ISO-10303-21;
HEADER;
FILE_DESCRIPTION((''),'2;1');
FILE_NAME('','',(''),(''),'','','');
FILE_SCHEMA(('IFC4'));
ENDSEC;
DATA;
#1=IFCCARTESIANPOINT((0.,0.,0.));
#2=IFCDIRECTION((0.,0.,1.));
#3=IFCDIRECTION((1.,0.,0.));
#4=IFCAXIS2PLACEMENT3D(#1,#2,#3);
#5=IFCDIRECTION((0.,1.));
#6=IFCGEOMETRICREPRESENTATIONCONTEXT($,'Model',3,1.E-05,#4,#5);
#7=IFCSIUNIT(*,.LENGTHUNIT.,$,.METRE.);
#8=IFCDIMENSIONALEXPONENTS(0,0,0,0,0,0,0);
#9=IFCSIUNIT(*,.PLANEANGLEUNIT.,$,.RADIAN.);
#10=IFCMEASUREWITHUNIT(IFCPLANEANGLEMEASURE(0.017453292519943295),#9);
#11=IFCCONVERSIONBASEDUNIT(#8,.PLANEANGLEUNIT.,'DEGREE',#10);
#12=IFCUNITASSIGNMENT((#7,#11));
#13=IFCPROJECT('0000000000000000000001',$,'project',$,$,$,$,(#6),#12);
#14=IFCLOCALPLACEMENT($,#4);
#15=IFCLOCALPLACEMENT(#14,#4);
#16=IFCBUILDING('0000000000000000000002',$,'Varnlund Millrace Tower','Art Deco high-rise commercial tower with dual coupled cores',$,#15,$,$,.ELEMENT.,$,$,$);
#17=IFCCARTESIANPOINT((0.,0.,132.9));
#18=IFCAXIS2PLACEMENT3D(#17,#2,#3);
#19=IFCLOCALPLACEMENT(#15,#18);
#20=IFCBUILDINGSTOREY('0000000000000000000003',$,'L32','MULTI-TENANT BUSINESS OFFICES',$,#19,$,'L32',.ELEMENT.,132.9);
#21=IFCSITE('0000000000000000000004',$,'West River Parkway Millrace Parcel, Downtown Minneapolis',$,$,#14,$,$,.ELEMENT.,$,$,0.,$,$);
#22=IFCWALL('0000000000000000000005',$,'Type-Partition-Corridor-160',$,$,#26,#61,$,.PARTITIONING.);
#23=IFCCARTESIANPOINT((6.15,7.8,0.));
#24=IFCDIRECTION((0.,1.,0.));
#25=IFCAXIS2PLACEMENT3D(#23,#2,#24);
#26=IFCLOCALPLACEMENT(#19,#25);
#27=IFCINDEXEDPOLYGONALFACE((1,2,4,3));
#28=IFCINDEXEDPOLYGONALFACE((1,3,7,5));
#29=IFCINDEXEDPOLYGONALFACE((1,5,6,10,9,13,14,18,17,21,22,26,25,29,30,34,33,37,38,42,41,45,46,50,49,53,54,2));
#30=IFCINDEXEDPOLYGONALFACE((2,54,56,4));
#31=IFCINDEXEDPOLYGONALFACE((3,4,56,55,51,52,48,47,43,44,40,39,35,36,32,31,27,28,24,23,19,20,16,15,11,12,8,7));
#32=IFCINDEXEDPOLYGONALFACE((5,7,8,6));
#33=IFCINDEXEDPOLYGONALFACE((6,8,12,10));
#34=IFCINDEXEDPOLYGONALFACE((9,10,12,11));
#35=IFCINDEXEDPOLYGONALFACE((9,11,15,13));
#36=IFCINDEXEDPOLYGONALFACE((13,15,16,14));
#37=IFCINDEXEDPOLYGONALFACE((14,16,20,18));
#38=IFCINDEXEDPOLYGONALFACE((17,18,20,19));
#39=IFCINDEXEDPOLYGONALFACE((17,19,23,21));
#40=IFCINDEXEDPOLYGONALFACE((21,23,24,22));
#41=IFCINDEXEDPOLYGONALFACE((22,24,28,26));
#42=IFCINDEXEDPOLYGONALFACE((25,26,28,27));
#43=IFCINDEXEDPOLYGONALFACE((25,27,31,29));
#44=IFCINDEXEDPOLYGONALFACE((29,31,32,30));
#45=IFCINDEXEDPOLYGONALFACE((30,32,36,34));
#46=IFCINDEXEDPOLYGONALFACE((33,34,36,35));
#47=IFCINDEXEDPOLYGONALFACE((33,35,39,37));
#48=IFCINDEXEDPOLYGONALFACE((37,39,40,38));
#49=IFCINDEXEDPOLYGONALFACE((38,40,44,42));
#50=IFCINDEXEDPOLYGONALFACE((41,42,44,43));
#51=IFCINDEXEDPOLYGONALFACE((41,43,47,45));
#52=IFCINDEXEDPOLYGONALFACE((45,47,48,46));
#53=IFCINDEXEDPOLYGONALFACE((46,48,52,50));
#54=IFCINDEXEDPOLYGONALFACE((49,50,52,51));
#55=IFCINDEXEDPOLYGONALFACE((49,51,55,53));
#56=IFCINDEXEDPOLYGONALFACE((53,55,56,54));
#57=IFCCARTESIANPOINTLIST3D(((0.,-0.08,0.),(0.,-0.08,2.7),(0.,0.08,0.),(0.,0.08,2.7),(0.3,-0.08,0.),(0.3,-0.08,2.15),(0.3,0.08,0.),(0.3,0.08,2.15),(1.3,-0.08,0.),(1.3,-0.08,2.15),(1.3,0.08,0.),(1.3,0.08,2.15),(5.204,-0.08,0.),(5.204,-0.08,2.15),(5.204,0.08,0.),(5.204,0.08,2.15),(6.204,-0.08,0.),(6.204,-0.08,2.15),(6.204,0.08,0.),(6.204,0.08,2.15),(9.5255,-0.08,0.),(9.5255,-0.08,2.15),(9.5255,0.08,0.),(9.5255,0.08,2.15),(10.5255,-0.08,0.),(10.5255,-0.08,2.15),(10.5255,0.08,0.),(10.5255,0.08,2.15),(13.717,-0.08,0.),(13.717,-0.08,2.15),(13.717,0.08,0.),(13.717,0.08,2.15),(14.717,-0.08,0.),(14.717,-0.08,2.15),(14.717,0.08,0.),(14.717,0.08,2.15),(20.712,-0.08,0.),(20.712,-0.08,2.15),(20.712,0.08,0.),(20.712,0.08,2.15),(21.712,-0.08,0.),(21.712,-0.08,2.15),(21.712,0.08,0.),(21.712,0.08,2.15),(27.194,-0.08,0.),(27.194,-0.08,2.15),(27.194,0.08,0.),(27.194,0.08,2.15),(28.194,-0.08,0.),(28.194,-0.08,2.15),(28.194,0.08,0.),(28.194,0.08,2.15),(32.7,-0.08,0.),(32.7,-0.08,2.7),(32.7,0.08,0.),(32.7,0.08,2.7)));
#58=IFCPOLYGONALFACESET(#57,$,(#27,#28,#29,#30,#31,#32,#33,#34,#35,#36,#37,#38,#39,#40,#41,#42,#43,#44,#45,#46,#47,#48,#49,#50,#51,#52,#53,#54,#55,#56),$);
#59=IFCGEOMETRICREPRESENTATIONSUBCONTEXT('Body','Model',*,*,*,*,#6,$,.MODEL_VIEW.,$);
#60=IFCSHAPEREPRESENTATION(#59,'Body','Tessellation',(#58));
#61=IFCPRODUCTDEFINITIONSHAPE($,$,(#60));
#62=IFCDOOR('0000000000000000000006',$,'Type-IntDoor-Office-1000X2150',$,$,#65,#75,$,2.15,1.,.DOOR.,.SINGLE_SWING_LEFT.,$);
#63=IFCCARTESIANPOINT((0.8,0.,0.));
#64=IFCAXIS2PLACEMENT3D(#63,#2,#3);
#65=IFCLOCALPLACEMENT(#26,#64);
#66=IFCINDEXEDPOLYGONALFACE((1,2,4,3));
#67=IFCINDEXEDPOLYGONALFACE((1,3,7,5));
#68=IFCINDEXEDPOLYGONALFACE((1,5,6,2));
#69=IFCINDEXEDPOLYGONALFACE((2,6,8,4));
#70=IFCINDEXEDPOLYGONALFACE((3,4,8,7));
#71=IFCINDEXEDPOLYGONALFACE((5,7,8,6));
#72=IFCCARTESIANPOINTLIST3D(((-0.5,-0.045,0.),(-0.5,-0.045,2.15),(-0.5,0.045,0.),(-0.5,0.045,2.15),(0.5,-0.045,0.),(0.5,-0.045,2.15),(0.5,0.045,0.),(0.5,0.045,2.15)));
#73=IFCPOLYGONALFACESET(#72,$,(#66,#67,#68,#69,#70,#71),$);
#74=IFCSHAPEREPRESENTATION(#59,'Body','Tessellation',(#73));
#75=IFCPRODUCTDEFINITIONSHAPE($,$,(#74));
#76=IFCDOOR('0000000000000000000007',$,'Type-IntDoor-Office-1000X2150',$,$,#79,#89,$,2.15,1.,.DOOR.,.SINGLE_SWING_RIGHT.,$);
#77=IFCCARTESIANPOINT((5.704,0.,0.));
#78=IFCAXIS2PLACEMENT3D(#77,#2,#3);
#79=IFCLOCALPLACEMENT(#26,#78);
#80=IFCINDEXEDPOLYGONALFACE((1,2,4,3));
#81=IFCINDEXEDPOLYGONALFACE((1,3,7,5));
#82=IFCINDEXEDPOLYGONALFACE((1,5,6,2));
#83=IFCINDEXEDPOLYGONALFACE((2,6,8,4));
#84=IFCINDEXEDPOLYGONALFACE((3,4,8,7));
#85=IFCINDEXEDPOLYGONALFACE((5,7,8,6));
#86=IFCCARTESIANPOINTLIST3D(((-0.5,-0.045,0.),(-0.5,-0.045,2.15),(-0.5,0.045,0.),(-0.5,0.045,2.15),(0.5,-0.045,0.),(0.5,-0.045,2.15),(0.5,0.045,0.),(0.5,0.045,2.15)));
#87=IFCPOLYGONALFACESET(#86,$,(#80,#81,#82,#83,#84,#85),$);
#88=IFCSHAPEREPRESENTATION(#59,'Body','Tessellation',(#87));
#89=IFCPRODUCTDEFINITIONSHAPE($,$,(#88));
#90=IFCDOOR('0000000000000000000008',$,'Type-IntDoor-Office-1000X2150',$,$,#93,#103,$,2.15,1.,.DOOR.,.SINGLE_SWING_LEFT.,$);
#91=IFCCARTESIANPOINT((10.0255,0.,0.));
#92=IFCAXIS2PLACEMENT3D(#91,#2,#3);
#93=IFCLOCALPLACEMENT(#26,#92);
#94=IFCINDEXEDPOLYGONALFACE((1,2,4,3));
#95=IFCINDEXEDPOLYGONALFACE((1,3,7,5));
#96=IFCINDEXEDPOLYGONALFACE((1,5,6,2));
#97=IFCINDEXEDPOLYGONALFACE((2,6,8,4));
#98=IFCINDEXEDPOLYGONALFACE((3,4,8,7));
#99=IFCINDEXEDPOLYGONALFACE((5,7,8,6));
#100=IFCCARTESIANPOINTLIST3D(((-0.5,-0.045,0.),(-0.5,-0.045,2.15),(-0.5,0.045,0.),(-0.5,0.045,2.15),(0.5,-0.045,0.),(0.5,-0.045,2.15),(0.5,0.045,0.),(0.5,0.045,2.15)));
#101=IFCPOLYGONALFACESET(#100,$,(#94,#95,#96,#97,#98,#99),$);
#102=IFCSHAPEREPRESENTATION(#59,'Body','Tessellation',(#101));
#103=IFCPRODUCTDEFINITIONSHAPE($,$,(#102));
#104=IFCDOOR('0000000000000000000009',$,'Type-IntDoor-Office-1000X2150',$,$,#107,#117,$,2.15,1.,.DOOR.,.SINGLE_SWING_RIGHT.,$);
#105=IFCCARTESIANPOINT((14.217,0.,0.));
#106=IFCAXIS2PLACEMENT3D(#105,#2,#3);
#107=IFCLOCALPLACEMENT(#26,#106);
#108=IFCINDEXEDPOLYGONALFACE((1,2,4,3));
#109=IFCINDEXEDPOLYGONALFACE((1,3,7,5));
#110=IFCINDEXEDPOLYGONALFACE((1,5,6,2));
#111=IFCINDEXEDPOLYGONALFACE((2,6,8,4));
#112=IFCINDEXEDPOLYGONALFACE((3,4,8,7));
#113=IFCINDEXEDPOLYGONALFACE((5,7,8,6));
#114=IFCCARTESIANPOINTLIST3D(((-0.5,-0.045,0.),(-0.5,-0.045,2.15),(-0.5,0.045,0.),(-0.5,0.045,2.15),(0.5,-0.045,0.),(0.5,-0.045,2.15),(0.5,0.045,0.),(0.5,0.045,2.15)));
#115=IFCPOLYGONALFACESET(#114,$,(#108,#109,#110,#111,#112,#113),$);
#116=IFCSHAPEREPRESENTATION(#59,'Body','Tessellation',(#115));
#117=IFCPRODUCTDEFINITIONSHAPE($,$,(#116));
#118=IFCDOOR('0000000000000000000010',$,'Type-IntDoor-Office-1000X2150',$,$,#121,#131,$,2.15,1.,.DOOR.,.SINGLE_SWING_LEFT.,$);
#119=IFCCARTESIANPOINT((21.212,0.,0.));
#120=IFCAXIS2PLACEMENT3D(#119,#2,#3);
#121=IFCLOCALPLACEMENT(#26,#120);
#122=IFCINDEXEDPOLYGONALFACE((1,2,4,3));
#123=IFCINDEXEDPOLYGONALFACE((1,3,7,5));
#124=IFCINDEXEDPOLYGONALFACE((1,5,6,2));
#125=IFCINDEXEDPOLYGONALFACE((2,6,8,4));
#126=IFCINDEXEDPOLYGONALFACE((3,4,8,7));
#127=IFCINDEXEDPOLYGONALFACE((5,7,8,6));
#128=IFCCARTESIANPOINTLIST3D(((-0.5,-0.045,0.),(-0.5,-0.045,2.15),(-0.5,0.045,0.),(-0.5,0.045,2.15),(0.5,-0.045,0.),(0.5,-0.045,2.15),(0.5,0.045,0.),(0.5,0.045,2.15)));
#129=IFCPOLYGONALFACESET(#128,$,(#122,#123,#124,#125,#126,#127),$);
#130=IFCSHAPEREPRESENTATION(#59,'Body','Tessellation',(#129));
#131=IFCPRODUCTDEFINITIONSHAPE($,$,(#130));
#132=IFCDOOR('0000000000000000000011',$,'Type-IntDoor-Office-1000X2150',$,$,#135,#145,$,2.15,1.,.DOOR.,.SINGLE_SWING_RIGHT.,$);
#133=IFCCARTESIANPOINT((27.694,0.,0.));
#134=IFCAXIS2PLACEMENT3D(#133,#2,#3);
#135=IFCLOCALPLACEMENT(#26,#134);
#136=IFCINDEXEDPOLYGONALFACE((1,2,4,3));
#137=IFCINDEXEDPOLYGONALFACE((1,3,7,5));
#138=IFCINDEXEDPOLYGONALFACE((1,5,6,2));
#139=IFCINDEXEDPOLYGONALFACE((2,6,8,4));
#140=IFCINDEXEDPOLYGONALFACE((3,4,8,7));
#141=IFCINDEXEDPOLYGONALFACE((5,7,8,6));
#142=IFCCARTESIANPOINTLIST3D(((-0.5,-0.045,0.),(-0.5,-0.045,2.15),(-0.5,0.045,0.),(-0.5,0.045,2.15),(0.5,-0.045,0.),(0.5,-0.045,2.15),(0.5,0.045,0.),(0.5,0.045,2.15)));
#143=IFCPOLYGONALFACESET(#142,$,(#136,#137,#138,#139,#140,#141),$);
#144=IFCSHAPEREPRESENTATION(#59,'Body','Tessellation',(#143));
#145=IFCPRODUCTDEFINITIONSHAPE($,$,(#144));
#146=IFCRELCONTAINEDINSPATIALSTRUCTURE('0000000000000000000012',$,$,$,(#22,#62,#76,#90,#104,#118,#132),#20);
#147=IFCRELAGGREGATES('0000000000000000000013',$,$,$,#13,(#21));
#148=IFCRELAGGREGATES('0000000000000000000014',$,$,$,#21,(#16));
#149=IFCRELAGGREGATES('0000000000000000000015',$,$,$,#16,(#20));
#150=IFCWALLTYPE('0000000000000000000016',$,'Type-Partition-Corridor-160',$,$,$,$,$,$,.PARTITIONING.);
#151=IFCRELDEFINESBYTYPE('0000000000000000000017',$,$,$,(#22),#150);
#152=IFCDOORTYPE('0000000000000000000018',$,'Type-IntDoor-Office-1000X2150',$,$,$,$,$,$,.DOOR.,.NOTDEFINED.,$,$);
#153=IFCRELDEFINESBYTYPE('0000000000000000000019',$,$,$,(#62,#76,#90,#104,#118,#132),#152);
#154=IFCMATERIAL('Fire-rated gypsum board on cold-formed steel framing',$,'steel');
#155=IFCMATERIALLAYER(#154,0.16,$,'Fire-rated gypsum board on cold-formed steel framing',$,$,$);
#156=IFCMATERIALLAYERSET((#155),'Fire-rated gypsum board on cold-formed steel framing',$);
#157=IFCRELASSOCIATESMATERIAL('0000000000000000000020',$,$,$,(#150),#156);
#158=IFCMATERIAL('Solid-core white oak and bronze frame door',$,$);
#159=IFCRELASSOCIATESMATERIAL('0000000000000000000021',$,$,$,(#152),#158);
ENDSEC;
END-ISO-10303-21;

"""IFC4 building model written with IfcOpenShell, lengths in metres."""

from ifc_helpers import new_model, entity, si_unit, converted_unit, direction, frame, origin_with_axes, origin_2d_with_axis, place, context, subcontext, project, spatial, polyline, rectangle, outline, extrude, material, layer, layer_set, type_object, element, fill, save


model = new_model("IFC4")

# Units and contexts
model_context = context("Model", 3, precision=1e-05, world=origin_with_axes(), true_north=direction((0.0, 1.0)))
body_context = subcontext(model_context, "Body", "Model", "MODEL_VIEW")
ifc_project = project(units=[si_unit("LENGTHUNIT", "METRE"), converted_unit("PLANEANGLEUNIT", "DEGREE", entity("IfcPlaneAngleMeasure", 0.017453292519943295), si_unit("PLANEANGLEUNIT", "RADIAN"), dimensions=[0, 0, 0, 0, 0, 0, 0])], contexts=[model_context])

# Site, building, storey
site_placement = place(None, origin_with_axes())
site = spatial("IfcSite", under=ifc_project, at=site_placement, Name="West River Parkway Millrace Parcel, Downtown Minneapolis", CompositionType="ELEMENT", RefElevation=0.0)
building_placement = place(site_placement, origin_with_axes())
building = spatial("IfcBuilding", under=site, at=building_placement, Name="Varnlund Millrace Tower", Description="Art Deco high-rise commercial tower with dual coupled cores", CompositionType="ELEMENT")
storey_placement = place(building_placement, frame((0.0, 0.0, 132.9), z_axis=(0.0, 0.0, 1.0), x_axis=(1.0, 0.0, 0.0)))
storey = spatial("IfcBuildingStorey", under=building, at=storey_placement, Name="L32", Description="MULTI-TENANT BUSINESS OFFICES", LongName="L32", CompositionType="ELEMENT", Elevation=132.9)

# Wall, openings, doors
ifc_material_1 = material(Name="Fire-rated gypsum board on cold-formed steel framing", Category="steel")
ifc_layer_1 = layer(ifc_material_1, 0.16, Name="Fire-rated gypsum board on cold-formed steel framing")
ifc_layer_set_1 = layer_set([ifc_layer_1], Name="Fire-rated gypsum board on cold-formed steel framing")
wall_type_1 = type_object("IfcWallType", Name="Type-Partition-Corridor-160", PredefinedType="PARTITIONING", material=ifc_layer_set_1)
ifc_material_2 = material(Name="Solid-core white oak and bronze frame door")
door_type = type_object("IfcDoorType", Name="Type-IntDoor-Office-1000X2150", OperationType="NOTDEFINED", PredefinedType="DOOR", material=ifc_material_2)
wall_1_placement = place(storey_placement, frame((6.15, 7.8, 0.0), z_axis=(0.0, 0.0, 1.0), x_axis=(0.0, 1.0, 0.0)))
wall_1 = element("IfcWall", 1, at=wall_1_placement, inside=storey, type_object=wall_type_1, Name="Type-Partition-Corridor-160", PredefinedType="PARTITIONING", context=body_context, shape_type="SweptSolid", body=[
    extrude(outline(polyline([(0.0, -0.08), (32.7, -0.08), (32.7, 0.08), (0.0, 0.08), (0.0, -0.08)])), origin_with_axes(), (0.0, 0.0, 1.0), 2.7),
])
opening_1_placement = place(wall_1_placement, frame((0.8, 0.0, 0.0), z_axis=(0.0, 0.0, 1.0), x_axis=(1.0, 0.0, 0.0)))
opening_1 = element("IfcOpeningElement", 2, at=opening_1_placement, cuts=wall_1, PredefinedType="OPENING", context=body_context, shape_type="SweptSolid", body=[
    extrude(rectangle(XDim=1.0, YDim=0.18, at=origin_2d_with_axis()), origin_with_axes(), (0.0, 0.0, 1.0), 2.15),
])
opening_2_placement = place(wall_1_placement, frame((5.704, 0.0, 0.0), z_axis=(0.0, 0.0, 1.0), x_axis=(1.0, 0.0, 0.0)))
opening_2 = element("IfcOpeningElement", 3, at=opening_2_placement, cuts=wall_1, PredefinedType="OPENING", context=body_context, shape_type="SweptSolid", body=[
    extrude(rectangle(XDim=1.0, YDim=0.18, at=origin_2d_with_axis()), origin_with_axes(), (0.0, 0.0, 1.0), 2.15),
])
opening_3_placement = place(wall_1_placement, frame((10.0255, 0.0, 0.0), z_axis=(0.0, 0.0, 1.0), x_axis=(1.0, 0.0, 0.0)))
opening_3 = element("IfcOpeningElement", 4, at=opening_3_placement, cuts=wall_1, PredefinedType="OPENING", context=body_context, shape_type="SweptSolid", body=[
    extrude(rectangle(XDim=1.0, YDim=0.18, at=origin_2d_with_axis()), origin_with_axes(), (0.0, 0.0, 1.0), 2.15),
])
opening_4_placement = place(wall_1_placement, frame((14.217, 0.0, 0.0), z_axis=(0.0, 0.0, 1.0), x_axis=(1.0, 0.0, 0.0)))
opening_4 = element("IfcOpeningElement", 5, at=opening_4_placement, cuts=wall_1, PredefinedType="OPENING", context=body_context, shape_type="SweptSolid", body=[
    extrude(rectangle(XDim=1.0, YDim=0.18, at=origin_2d_with_axis()), origin_with_axes(), (0.0, 0.0, 1.0), 2.15),
])
opening_5_placement = place(wall_1_placement, frame((21.212, 0.0, 0.0), z_axis=(0.0, 0.0, 1.0), x_axis=(1.0, 0.0, 0.0)))
opening_5 = element("IfcOpeningElement", 6, at=opening_5_placement, cuts=wall_1, PredefinedType="OPENING", context=body_context, shape_type="SweptSolid", body=[
    extrude(rectangle(XDim=1.0, YDim=0.18, at=origin_2d_with_axis()), origin_with_axes(), (0.0, 0.0, 1.0), 2.15),
])
opening_6_placement = place(wall_1_placement, frame((27.694, 0.0, 0.0), z_axis=(0.0, 0.0, 1.0), x_axis=(1.0, 0.0, 0.0)))
opening_6 = element("IfcOpeningElement", 7, at=opening_6_placement, cuts=wall_1, PredefinedType="OPENING", context=body_context, shape_type="SweptSolid", body=[
    extrude(rectangle(XDim=1.0, YDim=0.18, at=origin_2d_with_axis()), origin_with_axes(), (0.0, 0.0, 1.0), 2.15),
])
door_1_placement = place(wall_1_placement, frame((0.8, 0.0, 0.0), z_axis=(0.0, 0.0, 1.0), x_axis=(1.0, 0.0, 0.0)))
door_1 = element("IfcDoor", 8, at=door_1_placement, inside=storey, type_object=door_type, Name="Type-IntDoor-Office-1000X2150", OperationType="SINGLE_SWING_LEFT", OverallHeight=2.15, OverallWidth=1.0, PredefinedType="DOOR", context=body_context, shape_type="SweptSolid", body=[
    extrude(rectangle(XDim=1.0, YDim=0.09, at=origin_2d_with_axis()), origin_with_axes(), (0.0, 0.0, 1.0), 2.15),
])
fill(opening_1, door_1)
door_2_placement = place(wall_1_placement, frame((5.704, 0.0, 0.0), z_axis=(0.0, 0.0, 1.0), x_axis=(1.0, 0.0, 0.0)))
door_2 = element("IfcDoor", 9, at=door_2_placement, inside=storey, type_object=door_type, Name="Type-IntDoor-Office-1000X2150", OperationType="SINGLE_SWING_RIGHT", OverallHeight=2.15, OverallWidth=1.0, PredefinedType="DOOR", context=body_context, shape_type="SweptSolid", body=[
    extrude(rectangle(XDim=1.0, YDim=0.09, at=origin_2d_with_axis()), origin_with_axes(), (0.0, 0.0, 1.0), 2.15),
])
fill(opening_2, door_2)
door_3_placement = place(wall_1_placement, frame((10.0255, 0.0, 0.0), z_axis=(0.0, 0.0, 1.0), x_axis=(1.0, 0.0, 0.0)))
door_3 = element("IfcDoor", 10, at=door_3_placement, inside=storey, type_object=door_type, Name="Type-IntDoor-Office-1000X2150", OperationType="SINGLE_SWING_LEFT", OverallHeight=2.15, OverallWidth=1.0, PredefinedType="DOOR", context=body_context, shape_type="SweptSolid", body=[
    extrude(rectangle(XDim=1.0, YDim=0.09, at=origin_2d_with_axis()), origin_with_axes(), (0.0, 0.0, 1.0), 2.15),
])
fill(opening_3, door_3)
door_4_placement = place(wall_1_placement, frame((14.217, 0.0, 0.0), z_axis=(0.0, 0.0, 1.0), x_axis=(1.0, 0.0, 0.0)))
door_4 = element("IfcDoor", 11, at=door_4_placement, inside=storey, type_object=door_type, Name="Type-IntDoor-Office-1000X2150", OperationType="SINGLE_SWING_RIGHT", OverallHeight=2.15, OverallWidth=1.0, PredefinedType="DOOR", context=body_context, shape_type="SweptSolid", body=[
    extrude(rectangle(XDim=1.0, YDim=0.09, at=origin_2d_with_axis()), origin_with_axes(), (0.0, 0.0, 1.0), 2.15),
])
fill(opening_4, door_4)
door_5_placement = place(wall_1_placement, frame((21.212, 0.0, 0.0), z_axis=(0.0, 0.0, 1.0), x_axis=(1.0, 0.0, 0.0)))
door_5 = element("IfcDoor", 12, at=door_5_placement, inside=storey, type_object=door_type, Name="Type-IntDoor-Office-1000X2150", OperationType="SINGLE_SWING_LEFT", OverallHeight=2.15, OverallWidth=1.0, PredefinedType="DOOR", context=body_context, shape_type="SweptSolid", body=[
    extrude(rectangle(XDim=1.0, YDim=0.09, at=origin_2d_with_axis()), origin_with_axes(), (0.0, 0.0, 1.0), 2.15),
])
fill(opening_5, door_5)
door_6_placement = place(wall_1_placement, frame((27.694, 0.0, 0.0), z_axis=(0.0, 0.0, 1.0), x_axis=(1.0, 0.0, 0.0)))
door_6 = element("IfcDoor", 13, at=door_6_placement, inside=storey, type_object=door_type, Name="Type-IntDoor-Office-1000X2150", OperationType="SINGLE_SWING_RIGHT", OverallHeight=2.15, OverallWidth=1.0, PredefinedType="DOOR", context=body_context, shape_type="SweptSolid", body=[
    extrude(rectangle(XDim=1.0, YDim=0.09, at=origin_2d_with_axis()), origin_with_axes(), (0.0, 0.0, 1.0), 2.15),
])
fill(opening_6, door_6)

save(model, "model.ifc")
